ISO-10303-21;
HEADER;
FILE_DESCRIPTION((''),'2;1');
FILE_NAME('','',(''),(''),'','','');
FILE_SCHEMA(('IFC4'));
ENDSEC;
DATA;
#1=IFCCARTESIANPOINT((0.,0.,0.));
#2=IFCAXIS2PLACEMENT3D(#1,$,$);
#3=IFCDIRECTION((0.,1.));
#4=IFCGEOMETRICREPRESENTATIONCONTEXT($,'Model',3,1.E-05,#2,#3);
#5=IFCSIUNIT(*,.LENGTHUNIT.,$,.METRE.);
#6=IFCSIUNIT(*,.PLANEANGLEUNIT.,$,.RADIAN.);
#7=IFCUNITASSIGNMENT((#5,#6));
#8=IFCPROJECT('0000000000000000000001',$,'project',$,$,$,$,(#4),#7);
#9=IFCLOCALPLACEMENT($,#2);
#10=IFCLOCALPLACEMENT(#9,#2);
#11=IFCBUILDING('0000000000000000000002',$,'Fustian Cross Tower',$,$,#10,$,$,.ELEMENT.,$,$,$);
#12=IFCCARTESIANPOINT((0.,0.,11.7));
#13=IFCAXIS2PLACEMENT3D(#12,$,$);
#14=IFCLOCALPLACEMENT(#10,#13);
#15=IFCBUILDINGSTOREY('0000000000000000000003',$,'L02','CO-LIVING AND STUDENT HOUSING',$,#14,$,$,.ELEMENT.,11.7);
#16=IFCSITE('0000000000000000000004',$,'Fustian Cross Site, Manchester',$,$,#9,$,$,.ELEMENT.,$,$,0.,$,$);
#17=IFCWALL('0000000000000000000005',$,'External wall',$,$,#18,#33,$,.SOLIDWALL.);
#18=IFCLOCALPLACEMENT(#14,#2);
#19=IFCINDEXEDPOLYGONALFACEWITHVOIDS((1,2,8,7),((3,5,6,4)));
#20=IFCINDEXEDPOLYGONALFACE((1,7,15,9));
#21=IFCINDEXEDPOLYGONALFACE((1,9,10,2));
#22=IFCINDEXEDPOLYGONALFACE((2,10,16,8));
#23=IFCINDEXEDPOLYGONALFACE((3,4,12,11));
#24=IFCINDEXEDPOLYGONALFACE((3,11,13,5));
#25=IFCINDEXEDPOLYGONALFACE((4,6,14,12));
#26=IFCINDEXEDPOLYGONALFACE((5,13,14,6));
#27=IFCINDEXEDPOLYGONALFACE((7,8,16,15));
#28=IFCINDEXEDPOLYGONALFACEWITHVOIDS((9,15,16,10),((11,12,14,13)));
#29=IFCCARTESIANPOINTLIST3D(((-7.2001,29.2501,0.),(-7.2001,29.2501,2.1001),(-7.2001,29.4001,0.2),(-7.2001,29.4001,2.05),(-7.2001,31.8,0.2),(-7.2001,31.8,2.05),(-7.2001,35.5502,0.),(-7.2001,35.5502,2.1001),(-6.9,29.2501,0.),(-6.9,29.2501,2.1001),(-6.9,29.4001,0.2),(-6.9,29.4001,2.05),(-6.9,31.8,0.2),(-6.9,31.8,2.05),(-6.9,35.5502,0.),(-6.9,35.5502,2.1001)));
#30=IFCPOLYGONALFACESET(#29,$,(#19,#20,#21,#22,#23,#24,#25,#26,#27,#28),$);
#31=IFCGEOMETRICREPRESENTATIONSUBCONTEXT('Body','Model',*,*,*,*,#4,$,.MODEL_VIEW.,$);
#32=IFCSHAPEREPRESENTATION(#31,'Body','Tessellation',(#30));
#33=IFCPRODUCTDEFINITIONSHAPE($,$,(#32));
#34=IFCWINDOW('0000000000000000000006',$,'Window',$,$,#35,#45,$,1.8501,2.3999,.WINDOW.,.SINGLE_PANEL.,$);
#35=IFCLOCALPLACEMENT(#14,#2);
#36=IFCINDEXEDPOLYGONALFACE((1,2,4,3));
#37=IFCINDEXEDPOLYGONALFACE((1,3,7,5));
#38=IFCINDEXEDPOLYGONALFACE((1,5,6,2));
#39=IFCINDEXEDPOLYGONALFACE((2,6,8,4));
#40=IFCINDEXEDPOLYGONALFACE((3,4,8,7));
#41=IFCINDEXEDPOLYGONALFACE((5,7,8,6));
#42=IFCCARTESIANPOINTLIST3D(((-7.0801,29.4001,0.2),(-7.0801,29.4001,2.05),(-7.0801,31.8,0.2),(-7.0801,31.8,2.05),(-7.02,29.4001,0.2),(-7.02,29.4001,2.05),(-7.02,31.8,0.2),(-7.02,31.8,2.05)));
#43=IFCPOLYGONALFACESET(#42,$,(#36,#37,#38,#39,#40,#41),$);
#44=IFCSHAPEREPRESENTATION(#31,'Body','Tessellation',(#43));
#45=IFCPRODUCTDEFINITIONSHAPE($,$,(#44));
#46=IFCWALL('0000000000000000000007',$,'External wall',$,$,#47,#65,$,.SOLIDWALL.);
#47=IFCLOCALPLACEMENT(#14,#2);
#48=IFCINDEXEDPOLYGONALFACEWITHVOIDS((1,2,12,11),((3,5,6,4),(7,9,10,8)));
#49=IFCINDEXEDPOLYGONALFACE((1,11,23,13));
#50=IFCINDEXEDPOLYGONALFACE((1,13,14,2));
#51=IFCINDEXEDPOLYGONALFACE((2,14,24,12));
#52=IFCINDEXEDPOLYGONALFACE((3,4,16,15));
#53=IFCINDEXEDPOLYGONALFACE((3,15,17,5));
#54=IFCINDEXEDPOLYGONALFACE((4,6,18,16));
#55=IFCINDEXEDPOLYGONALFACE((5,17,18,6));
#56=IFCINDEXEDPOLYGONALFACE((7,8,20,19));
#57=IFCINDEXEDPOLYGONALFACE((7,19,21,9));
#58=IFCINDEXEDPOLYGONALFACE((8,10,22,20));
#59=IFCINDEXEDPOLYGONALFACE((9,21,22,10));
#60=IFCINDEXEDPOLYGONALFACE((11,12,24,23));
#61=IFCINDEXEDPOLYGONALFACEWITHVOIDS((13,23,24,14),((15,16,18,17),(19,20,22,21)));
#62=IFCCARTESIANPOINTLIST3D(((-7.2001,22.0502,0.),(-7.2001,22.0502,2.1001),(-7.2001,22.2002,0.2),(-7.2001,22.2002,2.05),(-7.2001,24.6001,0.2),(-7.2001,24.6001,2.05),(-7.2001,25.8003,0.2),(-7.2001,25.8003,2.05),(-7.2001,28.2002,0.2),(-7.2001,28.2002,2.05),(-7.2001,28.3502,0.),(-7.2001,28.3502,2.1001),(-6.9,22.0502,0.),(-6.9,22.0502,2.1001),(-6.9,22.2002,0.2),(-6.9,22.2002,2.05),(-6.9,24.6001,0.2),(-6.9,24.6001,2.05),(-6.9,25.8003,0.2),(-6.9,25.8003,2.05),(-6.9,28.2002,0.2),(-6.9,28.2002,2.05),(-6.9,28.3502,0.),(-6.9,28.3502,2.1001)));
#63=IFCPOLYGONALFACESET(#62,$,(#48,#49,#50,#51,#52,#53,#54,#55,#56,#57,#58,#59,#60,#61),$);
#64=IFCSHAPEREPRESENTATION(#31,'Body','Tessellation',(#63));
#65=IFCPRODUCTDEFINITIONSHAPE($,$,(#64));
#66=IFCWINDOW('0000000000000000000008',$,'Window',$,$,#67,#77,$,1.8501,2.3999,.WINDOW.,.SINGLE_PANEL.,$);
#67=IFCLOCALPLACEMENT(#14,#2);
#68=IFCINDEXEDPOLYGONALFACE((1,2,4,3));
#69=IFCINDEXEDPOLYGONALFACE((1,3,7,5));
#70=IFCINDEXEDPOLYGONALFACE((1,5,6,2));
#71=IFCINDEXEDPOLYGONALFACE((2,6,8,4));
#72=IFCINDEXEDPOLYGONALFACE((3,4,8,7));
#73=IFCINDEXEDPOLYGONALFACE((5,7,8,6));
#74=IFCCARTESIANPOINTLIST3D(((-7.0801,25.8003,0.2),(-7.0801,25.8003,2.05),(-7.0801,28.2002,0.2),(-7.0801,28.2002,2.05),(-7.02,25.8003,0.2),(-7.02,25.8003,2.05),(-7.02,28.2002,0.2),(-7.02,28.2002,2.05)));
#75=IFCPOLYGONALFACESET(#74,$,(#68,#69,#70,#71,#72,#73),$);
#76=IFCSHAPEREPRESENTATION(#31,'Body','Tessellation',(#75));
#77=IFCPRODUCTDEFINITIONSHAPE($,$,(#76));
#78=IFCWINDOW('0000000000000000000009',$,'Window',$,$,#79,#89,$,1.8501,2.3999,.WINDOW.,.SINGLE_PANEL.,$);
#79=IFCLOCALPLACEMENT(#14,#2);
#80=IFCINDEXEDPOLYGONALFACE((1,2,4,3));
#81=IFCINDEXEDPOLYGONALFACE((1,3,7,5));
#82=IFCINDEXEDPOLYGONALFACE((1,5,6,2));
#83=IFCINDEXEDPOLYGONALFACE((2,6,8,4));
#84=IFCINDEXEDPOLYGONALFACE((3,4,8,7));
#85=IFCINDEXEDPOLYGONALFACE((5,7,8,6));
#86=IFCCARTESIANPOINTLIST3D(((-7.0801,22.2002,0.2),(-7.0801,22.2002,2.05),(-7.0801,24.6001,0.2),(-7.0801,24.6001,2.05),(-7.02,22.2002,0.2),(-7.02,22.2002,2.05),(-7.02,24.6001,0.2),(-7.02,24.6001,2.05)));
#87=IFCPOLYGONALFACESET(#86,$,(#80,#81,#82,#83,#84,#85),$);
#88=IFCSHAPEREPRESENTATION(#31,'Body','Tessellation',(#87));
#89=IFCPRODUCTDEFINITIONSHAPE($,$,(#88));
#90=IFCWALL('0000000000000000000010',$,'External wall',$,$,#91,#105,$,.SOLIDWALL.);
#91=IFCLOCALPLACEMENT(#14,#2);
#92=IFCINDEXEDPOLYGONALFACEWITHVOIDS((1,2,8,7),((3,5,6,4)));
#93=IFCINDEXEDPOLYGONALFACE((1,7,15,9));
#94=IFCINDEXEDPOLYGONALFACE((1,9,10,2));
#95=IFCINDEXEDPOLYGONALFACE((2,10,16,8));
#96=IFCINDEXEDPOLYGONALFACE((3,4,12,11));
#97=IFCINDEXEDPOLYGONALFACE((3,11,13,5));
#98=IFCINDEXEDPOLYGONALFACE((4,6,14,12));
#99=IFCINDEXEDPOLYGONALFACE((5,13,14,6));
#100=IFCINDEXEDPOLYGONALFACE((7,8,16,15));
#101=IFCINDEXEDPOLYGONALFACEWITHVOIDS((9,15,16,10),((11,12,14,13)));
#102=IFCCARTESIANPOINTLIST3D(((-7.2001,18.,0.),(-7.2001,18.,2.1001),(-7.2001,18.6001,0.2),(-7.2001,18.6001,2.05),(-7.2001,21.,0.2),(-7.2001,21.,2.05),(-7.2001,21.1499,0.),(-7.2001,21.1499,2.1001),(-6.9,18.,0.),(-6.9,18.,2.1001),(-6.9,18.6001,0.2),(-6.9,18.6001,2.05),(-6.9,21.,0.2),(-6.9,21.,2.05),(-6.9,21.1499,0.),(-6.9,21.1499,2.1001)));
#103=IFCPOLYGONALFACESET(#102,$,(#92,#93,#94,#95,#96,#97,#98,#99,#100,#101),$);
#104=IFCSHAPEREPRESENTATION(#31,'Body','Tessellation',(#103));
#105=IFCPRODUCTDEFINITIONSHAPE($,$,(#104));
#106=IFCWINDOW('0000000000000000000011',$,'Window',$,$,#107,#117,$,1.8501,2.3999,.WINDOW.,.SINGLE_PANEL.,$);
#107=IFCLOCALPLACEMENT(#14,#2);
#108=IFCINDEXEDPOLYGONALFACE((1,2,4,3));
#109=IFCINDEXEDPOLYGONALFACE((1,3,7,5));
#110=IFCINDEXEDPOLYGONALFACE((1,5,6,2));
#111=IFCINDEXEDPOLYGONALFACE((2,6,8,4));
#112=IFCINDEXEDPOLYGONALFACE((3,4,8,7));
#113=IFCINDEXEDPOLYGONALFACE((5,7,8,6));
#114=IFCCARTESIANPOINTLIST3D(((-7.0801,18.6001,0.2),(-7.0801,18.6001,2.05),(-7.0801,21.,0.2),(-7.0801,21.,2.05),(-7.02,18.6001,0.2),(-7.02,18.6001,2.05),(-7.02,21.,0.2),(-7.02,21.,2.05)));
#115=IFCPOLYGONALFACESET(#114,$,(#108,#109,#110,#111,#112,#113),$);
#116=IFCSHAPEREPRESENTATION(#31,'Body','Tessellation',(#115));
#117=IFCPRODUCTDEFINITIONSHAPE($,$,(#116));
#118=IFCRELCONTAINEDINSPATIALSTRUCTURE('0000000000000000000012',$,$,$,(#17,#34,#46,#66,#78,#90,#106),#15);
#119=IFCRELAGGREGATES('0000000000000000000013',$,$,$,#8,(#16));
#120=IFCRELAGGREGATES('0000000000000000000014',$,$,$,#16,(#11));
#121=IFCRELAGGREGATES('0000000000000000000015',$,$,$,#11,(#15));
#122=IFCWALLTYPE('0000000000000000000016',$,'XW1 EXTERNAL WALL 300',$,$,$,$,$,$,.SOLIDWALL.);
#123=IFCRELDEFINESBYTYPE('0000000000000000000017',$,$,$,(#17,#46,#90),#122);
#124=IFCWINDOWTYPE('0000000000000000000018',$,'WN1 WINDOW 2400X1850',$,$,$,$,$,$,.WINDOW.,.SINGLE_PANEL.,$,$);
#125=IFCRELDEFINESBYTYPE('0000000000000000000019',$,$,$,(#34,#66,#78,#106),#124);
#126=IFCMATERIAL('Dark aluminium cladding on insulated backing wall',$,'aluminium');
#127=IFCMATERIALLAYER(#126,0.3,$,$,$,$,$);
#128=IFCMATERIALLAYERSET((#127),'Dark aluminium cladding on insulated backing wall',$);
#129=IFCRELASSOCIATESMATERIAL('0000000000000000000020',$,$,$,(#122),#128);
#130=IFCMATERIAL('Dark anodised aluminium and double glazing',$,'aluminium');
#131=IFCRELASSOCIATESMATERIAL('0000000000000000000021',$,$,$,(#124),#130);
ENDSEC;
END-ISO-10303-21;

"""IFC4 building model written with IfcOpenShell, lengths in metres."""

from ifc_helpers import new_model, si_unit, direction, frame, frame_2d, origin, place, context, subcontext, project, spatial, rectangle, extrude, material, layer, layer_set, type_object, element, fill, save


model = new_model("IFC4")

# Units and contexts
model_context = context("Model", 3, precision=1e-05, world=origin(), true_north=direction((0.0, 1.0)))
body_context = subcontext(model_context, "Body", "Model", "MODEL_VIEW")
ifc_project = project(units=[si_unit("LENGTHUNIT", "METRE"), si_unit("PLANEANGLEUNIT", "RADIAN")], contexts=[model_context])

# Site, building, storey
site_placement = place(None, origin())
site = spatial("IfcSite", under=ifc_project, at=site_placement, Name="Fustian Cross Site, Manchester", CompositionType="ELEMENT", RefElevation=0.0)
building_placement = place(site_placement, origin())
building = spatial("IfcBuilding", under=site, at=building_placement, Name="Fustian Cross Tower", CompositionType="ELEMENT")
storey_placement = place(building_placement, frame((0.0, 0.0, 11.7)))
storey = spatial("IfcBuildingStorey", under=building, at=storey_placement, Name="L02", Description="CO-LIVING AND STUDENT HOUSING", CompositionType="ELEMENT", Elevation=11.7)

# Wall, opening, window
ifc_material_1 = material(Name="Dark aluminium cladding on insulated backing wall", Category="aluminium")
ifc_layer_1 = layer(ifc_material_1, 0.3)
ifc_layer_set_1 = layer_set([ifc_layer_1], Name="Dark aluminium cladding on insulated backing wall")
wall_type_1 = type_object("IfcWallType", Name="XW1 EXTERNAL WALL 300", PredefinedType="SOLIDWALL", material=ifc_layer_set_1)
wall_1_placement = place(storey_placement, frame((-7.05, 35.55, 0.0), z_axis=(0.0, 0.0, 1.0), x_axis=(0.0, -1.0, 0.0)))
wall_1 = element("IfcWall", 1, at=wall_1_placement, inside=storey, type_object=wall_type_1, Name="External wall", PredefinedType="SOLIDWALL", context=body_context, shape_type="SweptSolid", body=[
    extrude(rectangle(XDim=6.3, YDim=0.3, at=frame_2d((3.1499, 0.0))), origin(), (0.0, 0.0, 1.0), 2.1001),
])
opening_1_placement = place(wall_1_placement, frame((3.75, 0.0, 0.2)))
opening_1 = element("IfcOpeningElement", 2, at=opening_1_placement, cuts=wall_1, PredefinedType="OPENING", context=body_context, shape_type="SweptSolid", body=[
    extrude(rectangle(XDim=2.3999, YDim=1.8501, at=frame_2d((1.2, 0.925))), frame((0.0, 0.1599, 0.0), z_axis=(0.0, -1.0, 0.0), x_axis=(1.0, 0.0, 0.0)), (0.0, 0.0, 1.0), 0.3201),
])
ifc_material_2 = material(Name="Dark anodised aluminium and double glazing", Category="aluminium")
window_type_1 = type_object("IfcWindowType", Name="WN1 WINDOW 2400X1850", PartitioningType="SINGLE_PANEL", PredefinedType="WINDOW", material=ifc_material_2)
window_1_placement = place(opening_1_placement, origin())
window_1 = element("IfcWindow", 3, at=window_1_placement, inside=storey, type_object=window_type_1, Name="Window", OverallHeight=1.8501, OverallWidth=2.3999, PartitioningType="SINGLE_PANEL", PredefinedType="WINDOW", context=body_context, shape_type="SweptSolid", body=[
    extrude(rectangle(XDim=2.3999, YDim=1.8501, at=frame_2d((1.2, 0.925))), frame((0.0, 0.03, 0.0), z_axis=(0.0, -1.0, 0.0), x_axis=(1.0, 0.0, 0.0)), (0.0, 0.0, 1.0), 0.0601),
])
fill(opening_1, window_1)

# Wall, openings, windows
wall_2_placement = place(storey_placement, frame((-7.05, 28.3501, 0.0), z_axis=(0.0, 0.0, 1.0), x_axis=(0.0, -1.0, 0.0)))
wall_2 = element("IfcWall", 4, at=wall_2_placement, inside=storey, type_object=wall_type_1, Name="External wall", PredefinedType="SOLIDWALL", context=body_context, shape_type="SweptSolid", body=[
    extrude(rectangle(XDim=6.3, YDim=0.3, at=frame_2d((3.1499, 0.0))), origin(), (0.0, 0.0, 1.0), 2.1001),
])
opening_2_placement = place(wall_2_placement, frame((0.1499, 0.0, 0.2)))
opening_2 = element("IfcOpeningElement", 5, at=opening_2_placement, cuts=wall_2, PredefinedType="OPENING", context=body_context, shape_type="SweptSolid", body=[
    extrude(rectangle(XDim=2.3999, YDim=1.8501, at=frame_2d((1.2, 0.925))), frame((0.0, 0.1599, 0.0), z_axis=(0.0, -1.0, 0.0), x_axis=(1.0, 0.0, 0.0)), (0.0, 0.0, 1.0), 0.3201),
])
opening_3_placement = place(wall_2_placement, frame((3.75, 0.0, 0.2)))
opening_3 = element("IfcOpeningElement", 6, at=opening_3_placement, cuts=wall_2, PredefinedType="OPENING", context=body_context, shape_type="SweptSolid", body=[
    extrude(rectangle(XDim=2.3999, YDim=1.8501, at=frame_2d((1.2, 0.925))), frame((0.0, 0.1599, 0.0), z_axis=(0.0, -1.0, 0.0), x_axis=(1.0, 0.0, 0.0)), (0.0, 0.0, 1.0), 0.3201),
])
window_2_placement = place(opening_2_placement, origin())
window_2 = element("IfcWindow", 7, at=window_2_placement, inside=storey, type_object=window_type_1, Name="Window", OverallHeight=1.8501, OverallWidth=2.3999, PartitioningType="SINGLE_PANEL", PredefinedType="WINDOW", context=body_context, shape_type="SweptSolid", body=[
    extrude(rectangle(XDim=2.3999, YDim=1.8501, at=frame_2d((1.2, 0.925))), frame((0.0, 0.03, 0.0), z_axis=(0.0, -1.0, 0.0), x_axis=(1.0, 0.0, 0.0)), (0.0, 0.0, 1.0), 0.0601),
])
fill(opening_2, window_2)
window_3_placement = place(opening_3_placement, origin())
window_3 = element("IfcWindow", 8, at=window_3_placement, inside=storey, type_object=window_type_1, Name="Window", OverallHeight=1.8501, OverallWidth=2.3999, PartitioningType="SINGLE_PANEL", PredefinedType="WINDOW", context=body_context, shape_type="SweptSolid", body=[
    extrude(rectangle(XDim=2.3999, YDim=1.8501, at=frame_2d((1.2, 0.925))), frame((0.0, 0.03, 0.0), z_axis=(0.0, -1.0, 0.0), x_axis=(1.0, 0.0, 0.0)), (0.0, 0.0, 1.0), 0.0601),
])
fill(opening_3, window_3)

# Wall, opening, window
wall_3_placement = place(storey_placement, frame((-7.05, 21.1499, 0.0), z_axis=(0.0, 0.0, 1.0), x_axis=(0.0, -1.0, 0.0)))
wall_3 = element("IfcWall", 9, at=wall_3_placement, inside=storey, type_object=wall_type_1, Name="External wall", PredefinedType="SOLIDWALL", context=body_context, shape_type="SweptSolid", body=[
    extrude(rectangle(XDim=3.1499, YDim=0.3, at=frame_2d((1.575, 0.0))), origin(), (0.0, 0.0, 1.0), 2.1001),
])
opening_4_placement = place(wall_3_placement, frame((0.1499, 0.0, 0.2)))
opening_4 = element("IfcOpeningElement", 10, at=opening_4_placement, cuts=wall_3, PredefinedType="OPENING", context=body_context, shape_type="SweptSolid", body=[
    extrude(rectangle(XDim=2.3999, YDim=1.8501, at=frame_2d((1.2, 0.925))), frame((0.0, 0.1599, 0.0), z_axis=(0.0, -1.0, 0.0), x_axis=(1.0, 0.0, 0.0)), (0.0, 0.0, 1.0), 0.3201),
])
window_4_placement = place(opening_4_placement, origin())
window_4 = element("IfcWindow", 11, at=window_4_placement, inside=storey, type_object=window_type_1, Name="Window", OverallHeight=1.8501, OverallWidth=2.3999, PartitioningType="SINGLE_PANEL", PredefinedType="WINDOW", context=body_context, shape_type="SweptSolid", body=[
    extrude(rectangle(XDim=2.3999, YDim=1.8501, at=frame_2d((1.2, 0.925))), frame((0.0, 0.03, 0.0), z_axis=(0.0, -1.0, 0.0), x_axis=(1.0, 0.0, 0.0)), (0.0, 0.0, 1.0), 0.0601),
])
fill(opening_4, window_4)

save(model, "model.ifc")
